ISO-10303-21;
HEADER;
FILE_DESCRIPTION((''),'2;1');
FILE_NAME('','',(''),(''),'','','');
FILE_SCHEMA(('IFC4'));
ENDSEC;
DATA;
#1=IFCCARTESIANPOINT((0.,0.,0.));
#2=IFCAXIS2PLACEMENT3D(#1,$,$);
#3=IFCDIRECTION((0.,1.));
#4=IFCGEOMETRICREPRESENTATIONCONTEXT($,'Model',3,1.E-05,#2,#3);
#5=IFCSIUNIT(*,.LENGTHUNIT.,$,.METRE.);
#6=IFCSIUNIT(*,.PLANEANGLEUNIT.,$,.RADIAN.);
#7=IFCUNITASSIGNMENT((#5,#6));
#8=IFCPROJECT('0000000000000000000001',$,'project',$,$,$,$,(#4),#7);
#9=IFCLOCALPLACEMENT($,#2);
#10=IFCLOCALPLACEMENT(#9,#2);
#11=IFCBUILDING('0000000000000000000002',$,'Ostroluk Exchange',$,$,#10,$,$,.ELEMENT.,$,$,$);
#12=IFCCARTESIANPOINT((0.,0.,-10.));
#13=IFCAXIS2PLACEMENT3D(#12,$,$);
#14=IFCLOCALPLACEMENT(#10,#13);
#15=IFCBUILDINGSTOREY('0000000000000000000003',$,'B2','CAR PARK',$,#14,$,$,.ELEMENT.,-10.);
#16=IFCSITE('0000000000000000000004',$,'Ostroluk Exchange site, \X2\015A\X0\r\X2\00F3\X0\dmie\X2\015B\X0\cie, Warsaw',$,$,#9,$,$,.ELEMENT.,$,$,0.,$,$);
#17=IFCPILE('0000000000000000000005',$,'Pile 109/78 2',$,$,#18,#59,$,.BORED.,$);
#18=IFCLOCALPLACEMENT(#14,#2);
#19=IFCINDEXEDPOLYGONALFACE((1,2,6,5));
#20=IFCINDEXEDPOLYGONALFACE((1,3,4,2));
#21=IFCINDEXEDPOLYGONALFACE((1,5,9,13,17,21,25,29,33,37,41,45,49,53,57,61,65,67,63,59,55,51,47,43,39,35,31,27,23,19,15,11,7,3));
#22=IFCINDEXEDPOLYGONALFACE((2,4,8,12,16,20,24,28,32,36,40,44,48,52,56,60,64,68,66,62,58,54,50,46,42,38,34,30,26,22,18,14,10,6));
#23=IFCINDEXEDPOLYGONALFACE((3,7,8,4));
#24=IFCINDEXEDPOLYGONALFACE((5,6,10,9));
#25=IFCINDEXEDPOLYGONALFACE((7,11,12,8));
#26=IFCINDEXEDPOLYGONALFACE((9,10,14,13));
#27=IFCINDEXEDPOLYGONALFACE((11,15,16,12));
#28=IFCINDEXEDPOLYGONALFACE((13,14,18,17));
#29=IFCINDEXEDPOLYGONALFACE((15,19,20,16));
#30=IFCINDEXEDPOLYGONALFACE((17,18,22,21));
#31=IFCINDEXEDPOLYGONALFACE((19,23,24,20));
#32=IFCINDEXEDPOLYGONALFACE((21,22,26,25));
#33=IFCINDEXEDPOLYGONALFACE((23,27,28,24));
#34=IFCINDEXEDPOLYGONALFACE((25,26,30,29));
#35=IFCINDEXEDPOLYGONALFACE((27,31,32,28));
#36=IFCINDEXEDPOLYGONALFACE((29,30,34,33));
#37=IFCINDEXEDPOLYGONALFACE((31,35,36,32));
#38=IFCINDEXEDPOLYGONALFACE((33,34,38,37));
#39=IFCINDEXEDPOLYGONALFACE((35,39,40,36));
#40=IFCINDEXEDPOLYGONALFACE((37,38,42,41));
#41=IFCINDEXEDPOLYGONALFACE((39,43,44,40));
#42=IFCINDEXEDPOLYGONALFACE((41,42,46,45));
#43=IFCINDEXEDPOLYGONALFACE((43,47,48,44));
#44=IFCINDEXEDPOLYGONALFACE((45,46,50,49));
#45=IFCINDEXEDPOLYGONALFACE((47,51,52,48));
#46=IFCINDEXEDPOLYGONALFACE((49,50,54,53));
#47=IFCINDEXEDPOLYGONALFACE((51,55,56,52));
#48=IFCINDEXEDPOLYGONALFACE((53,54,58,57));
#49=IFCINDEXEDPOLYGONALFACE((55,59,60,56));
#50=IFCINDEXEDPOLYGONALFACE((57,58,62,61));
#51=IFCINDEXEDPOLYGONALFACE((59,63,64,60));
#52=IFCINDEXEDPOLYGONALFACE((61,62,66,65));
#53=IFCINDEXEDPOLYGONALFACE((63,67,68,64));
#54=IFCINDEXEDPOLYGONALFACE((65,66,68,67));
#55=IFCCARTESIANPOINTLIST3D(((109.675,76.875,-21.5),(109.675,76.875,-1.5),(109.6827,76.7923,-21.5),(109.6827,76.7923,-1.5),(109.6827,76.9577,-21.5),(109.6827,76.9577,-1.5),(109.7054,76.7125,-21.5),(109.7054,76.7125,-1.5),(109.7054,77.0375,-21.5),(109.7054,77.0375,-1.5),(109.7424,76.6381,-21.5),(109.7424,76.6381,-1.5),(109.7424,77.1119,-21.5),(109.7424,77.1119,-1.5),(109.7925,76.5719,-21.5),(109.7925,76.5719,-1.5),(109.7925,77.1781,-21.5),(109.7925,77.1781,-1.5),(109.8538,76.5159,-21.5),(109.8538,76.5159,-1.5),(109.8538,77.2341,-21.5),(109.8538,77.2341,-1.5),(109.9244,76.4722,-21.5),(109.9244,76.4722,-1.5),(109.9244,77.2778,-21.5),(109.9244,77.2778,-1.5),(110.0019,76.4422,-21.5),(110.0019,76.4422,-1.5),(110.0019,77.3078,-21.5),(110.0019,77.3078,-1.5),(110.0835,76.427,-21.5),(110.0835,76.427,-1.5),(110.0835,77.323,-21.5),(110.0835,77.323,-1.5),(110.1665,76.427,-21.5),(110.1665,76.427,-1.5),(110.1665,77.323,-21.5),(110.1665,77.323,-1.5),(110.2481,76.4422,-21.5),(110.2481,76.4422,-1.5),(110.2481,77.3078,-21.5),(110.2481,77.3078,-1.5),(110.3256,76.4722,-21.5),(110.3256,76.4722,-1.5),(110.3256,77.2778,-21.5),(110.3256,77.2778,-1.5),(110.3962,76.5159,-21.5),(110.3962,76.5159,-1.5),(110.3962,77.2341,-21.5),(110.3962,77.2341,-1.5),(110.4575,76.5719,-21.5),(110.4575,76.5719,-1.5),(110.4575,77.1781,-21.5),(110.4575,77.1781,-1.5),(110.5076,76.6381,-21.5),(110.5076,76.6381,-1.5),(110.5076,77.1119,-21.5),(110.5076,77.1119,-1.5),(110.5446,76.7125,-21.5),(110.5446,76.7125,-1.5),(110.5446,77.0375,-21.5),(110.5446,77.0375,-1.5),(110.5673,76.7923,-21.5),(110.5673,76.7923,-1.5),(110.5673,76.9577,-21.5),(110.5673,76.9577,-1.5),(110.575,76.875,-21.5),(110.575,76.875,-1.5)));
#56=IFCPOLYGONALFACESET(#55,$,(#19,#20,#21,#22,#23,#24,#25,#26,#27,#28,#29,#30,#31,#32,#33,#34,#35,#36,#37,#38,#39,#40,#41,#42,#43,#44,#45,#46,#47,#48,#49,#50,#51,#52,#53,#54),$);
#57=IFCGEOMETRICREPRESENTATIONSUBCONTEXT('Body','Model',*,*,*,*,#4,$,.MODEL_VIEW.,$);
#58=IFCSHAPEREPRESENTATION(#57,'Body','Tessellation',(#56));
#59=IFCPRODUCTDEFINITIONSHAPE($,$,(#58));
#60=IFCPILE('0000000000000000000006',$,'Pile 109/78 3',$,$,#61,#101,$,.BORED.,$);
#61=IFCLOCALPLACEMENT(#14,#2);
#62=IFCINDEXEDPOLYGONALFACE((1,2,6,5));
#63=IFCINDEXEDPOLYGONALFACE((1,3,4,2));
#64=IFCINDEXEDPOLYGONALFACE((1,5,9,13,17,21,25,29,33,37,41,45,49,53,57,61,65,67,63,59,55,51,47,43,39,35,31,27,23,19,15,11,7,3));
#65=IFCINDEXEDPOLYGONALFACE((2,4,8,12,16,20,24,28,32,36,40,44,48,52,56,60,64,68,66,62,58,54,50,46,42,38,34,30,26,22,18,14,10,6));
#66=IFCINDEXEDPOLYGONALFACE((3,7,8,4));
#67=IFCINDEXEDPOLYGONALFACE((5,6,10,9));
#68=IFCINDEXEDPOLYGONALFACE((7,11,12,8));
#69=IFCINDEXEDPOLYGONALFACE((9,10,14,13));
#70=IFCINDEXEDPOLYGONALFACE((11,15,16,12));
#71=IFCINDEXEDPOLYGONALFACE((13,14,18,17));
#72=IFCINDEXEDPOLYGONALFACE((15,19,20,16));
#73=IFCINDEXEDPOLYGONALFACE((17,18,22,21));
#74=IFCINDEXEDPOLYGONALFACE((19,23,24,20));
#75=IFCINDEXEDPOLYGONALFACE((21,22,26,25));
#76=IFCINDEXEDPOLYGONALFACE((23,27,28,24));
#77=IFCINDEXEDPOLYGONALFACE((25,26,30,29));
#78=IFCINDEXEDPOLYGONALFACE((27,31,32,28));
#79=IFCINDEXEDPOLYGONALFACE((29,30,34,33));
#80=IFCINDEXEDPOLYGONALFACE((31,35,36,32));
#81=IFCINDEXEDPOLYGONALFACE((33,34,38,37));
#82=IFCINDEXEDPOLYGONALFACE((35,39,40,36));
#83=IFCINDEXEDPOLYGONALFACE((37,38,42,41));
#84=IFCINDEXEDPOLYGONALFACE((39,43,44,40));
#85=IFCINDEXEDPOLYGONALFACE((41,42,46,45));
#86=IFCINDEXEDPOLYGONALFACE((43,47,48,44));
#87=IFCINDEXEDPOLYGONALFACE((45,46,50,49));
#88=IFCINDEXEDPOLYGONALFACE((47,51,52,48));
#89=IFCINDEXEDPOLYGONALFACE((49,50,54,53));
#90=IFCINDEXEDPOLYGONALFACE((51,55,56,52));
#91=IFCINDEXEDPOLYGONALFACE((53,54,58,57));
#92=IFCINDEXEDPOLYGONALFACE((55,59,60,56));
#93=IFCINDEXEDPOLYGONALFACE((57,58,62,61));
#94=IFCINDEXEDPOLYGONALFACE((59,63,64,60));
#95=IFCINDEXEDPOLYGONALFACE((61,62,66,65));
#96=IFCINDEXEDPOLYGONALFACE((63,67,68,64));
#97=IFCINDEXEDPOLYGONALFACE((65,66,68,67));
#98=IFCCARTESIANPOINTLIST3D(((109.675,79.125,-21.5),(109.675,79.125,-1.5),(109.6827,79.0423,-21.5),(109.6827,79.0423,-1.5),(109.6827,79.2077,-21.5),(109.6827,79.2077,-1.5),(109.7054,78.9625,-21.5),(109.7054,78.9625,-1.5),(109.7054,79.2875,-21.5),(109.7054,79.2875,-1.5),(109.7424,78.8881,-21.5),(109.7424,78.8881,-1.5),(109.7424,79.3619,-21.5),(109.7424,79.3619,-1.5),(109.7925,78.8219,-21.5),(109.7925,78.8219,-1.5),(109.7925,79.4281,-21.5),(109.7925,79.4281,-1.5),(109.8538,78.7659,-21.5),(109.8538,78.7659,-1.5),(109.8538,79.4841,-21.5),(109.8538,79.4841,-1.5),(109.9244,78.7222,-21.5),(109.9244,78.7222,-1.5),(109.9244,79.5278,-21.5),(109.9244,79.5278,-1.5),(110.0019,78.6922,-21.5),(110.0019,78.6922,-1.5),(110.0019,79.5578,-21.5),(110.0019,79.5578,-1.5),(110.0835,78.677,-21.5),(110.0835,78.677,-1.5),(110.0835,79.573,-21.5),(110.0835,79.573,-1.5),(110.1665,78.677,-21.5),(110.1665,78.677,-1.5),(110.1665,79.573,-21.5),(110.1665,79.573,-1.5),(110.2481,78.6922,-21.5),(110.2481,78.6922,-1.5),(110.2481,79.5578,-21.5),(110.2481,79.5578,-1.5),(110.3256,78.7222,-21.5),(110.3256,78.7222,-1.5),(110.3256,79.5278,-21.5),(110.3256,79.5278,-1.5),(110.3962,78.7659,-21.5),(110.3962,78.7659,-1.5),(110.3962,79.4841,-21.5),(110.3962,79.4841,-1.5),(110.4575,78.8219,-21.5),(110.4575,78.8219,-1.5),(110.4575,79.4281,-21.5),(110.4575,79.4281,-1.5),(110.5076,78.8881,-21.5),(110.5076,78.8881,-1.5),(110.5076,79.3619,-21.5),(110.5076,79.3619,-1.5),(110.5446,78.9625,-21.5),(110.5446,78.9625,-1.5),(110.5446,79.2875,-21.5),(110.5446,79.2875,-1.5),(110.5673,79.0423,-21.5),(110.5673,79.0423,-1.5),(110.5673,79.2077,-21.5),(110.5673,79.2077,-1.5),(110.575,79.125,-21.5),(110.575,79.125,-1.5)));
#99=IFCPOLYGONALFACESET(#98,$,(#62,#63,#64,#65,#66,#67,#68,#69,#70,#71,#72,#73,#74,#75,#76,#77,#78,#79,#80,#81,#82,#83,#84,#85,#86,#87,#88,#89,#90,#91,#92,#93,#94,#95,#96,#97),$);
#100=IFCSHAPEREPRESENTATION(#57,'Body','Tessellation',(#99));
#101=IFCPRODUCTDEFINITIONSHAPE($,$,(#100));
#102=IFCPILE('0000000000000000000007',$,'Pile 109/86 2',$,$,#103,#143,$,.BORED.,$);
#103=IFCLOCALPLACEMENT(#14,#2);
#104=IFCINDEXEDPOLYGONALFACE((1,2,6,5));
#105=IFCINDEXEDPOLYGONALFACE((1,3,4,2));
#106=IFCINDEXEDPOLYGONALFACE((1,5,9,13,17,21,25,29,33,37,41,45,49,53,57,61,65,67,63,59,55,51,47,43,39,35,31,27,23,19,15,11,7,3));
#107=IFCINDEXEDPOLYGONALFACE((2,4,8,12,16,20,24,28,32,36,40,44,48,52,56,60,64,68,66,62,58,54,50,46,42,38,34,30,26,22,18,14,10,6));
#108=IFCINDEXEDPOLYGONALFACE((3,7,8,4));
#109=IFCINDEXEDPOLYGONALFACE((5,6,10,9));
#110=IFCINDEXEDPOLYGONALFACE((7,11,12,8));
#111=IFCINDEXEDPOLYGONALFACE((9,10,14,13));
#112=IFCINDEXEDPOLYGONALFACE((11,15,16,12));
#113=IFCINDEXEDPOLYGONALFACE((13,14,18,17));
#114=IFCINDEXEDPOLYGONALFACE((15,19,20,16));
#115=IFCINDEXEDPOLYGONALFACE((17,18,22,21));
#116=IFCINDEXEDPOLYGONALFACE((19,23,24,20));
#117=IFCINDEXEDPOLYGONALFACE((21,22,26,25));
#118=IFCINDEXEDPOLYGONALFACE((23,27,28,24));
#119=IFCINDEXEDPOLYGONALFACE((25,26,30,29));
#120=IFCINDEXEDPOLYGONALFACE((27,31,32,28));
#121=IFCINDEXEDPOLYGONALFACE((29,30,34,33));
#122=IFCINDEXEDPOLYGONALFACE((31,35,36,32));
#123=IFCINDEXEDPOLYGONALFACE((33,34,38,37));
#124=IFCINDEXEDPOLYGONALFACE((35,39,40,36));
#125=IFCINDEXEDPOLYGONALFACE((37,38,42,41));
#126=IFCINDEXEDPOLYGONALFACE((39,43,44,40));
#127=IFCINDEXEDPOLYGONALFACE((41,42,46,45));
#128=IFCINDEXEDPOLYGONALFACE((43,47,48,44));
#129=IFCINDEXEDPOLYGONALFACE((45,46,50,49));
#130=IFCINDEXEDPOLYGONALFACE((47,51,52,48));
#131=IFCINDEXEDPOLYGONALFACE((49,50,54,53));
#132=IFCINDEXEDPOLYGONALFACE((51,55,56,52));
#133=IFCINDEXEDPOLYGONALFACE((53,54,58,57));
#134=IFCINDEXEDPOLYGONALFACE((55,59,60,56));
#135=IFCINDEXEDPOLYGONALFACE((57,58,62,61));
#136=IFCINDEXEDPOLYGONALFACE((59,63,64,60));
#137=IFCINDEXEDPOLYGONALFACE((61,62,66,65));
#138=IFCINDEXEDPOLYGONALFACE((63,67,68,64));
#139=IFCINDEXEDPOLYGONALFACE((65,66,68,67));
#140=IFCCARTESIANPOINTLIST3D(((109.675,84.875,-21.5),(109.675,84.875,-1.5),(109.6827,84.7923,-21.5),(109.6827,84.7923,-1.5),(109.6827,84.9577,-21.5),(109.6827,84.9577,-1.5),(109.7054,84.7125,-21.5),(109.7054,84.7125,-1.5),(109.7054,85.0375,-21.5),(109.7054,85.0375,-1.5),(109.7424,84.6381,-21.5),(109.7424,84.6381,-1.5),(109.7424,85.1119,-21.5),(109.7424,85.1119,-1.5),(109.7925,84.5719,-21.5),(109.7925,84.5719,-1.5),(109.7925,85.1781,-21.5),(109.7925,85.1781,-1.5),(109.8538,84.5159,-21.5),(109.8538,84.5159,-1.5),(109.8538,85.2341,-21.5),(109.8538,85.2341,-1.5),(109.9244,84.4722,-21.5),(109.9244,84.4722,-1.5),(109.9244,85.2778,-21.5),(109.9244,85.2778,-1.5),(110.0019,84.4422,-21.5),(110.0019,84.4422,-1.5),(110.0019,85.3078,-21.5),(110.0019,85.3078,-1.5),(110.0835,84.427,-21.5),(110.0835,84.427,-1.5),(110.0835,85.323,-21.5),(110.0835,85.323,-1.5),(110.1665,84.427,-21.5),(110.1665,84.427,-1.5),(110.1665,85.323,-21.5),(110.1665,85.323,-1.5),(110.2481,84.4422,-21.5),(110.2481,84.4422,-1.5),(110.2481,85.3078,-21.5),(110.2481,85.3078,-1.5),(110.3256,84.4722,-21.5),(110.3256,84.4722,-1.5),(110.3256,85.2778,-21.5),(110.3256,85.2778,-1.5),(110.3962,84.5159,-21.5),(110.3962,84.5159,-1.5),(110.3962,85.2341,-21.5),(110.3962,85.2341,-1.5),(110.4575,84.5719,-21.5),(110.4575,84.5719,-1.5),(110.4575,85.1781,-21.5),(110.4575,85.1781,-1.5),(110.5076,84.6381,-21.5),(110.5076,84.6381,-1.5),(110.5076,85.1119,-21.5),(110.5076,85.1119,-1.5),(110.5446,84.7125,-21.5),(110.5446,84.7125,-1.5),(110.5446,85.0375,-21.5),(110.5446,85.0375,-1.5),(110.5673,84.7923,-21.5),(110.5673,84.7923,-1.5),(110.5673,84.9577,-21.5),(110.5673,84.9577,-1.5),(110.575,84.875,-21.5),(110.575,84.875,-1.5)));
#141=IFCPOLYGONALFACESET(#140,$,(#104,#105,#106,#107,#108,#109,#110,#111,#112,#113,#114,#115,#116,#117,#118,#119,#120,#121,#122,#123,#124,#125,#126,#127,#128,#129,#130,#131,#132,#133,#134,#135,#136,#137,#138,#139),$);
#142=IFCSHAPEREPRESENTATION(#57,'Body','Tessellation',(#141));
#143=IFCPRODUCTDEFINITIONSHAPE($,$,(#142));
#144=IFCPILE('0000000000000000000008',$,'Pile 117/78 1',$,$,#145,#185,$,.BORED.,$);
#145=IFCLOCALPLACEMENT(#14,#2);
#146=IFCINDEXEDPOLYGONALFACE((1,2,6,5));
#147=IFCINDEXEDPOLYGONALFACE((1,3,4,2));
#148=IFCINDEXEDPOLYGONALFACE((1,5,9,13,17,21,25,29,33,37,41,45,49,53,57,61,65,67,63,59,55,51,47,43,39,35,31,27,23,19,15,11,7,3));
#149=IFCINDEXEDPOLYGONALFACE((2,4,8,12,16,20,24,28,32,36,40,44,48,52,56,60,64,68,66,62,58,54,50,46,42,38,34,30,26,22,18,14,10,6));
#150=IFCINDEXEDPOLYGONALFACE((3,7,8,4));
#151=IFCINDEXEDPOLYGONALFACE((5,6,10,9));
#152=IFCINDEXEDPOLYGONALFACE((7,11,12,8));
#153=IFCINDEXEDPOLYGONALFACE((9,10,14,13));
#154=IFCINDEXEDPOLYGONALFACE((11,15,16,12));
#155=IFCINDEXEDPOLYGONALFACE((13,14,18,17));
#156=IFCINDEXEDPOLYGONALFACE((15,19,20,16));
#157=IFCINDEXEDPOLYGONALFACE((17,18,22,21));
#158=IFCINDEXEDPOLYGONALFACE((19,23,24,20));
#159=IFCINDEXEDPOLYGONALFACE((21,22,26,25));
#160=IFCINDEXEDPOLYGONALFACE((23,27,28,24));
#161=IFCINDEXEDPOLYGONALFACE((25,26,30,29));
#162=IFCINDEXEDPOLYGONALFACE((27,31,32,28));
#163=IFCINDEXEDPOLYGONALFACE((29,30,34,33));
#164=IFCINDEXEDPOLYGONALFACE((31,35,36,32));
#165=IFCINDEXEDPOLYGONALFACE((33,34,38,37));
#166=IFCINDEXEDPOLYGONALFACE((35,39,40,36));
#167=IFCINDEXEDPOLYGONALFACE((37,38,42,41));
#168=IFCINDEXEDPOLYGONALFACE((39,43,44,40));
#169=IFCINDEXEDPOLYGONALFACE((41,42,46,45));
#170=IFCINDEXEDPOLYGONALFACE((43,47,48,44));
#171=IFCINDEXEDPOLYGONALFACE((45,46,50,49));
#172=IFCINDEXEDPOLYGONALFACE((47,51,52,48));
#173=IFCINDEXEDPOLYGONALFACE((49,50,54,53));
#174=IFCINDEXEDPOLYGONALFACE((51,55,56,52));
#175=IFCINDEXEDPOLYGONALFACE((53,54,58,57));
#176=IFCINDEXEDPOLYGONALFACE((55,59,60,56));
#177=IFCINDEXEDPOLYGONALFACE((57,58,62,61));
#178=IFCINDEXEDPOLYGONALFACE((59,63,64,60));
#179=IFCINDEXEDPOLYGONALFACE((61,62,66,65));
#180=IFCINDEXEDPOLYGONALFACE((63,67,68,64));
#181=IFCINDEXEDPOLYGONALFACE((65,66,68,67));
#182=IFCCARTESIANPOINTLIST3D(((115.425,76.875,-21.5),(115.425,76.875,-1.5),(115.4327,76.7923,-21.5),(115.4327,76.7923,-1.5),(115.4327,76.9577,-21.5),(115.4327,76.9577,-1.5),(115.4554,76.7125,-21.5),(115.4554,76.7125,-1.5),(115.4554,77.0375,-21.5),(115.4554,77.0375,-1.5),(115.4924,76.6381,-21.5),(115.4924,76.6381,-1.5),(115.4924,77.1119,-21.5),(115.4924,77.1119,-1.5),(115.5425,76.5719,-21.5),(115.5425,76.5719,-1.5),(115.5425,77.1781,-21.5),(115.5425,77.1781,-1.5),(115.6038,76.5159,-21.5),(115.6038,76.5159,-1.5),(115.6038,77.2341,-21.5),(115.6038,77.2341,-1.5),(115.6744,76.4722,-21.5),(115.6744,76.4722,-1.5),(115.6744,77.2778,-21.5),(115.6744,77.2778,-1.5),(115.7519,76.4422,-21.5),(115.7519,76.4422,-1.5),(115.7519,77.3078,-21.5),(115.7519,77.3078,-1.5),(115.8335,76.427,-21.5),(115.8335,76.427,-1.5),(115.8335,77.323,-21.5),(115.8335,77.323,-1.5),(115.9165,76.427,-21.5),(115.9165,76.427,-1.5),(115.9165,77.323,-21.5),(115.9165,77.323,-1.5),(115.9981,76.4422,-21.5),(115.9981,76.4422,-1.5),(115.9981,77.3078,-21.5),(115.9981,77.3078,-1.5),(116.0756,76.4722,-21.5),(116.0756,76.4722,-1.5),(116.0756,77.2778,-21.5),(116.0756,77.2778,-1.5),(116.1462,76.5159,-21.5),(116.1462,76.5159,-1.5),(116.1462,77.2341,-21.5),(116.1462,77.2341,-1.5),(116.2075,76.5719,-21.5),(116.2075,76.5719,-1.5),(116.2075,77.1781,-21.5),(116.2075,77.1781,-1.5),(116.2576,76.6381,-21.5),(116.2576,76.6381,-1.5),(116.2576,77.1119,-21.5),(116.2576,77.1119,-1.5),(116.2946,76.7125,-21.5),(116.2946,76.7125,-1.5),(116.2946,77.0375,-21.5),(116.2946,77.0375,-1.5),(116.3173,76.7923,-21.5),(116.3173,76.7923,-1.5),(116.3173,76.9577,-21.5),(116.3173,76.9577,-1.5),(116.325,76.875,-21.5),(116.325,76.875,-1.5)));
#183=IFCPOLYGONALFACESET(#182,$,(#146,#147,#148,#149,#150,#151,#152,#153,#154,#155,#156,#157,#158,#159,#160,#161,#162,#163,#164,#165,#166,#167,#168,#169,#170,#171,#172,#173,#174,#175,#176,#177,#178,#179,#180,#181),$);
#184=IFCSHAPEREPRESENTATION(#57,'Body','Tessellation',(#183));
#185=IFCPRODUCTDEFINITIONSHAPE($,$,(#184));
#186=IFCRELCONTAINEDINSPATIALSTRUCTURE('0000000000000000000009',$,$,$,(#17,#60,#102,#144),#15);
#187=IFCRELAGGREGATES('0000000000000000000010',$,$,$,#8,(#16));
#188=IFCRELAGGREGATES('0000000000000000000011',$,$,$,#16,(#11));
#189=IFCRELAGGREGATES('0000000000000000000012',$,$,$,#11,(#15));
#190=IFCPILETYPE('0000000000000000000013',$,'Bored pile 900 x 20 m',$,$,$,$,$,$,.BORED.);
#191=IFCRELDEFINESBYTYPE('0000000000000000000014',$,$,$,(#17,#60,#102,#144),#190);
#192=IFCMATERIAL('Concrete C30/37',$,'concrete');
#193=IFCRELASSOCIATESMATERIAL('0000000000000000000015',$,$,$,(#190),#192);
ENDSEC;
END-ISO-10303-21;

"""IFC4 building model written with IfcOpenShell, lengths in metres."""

from ifc_helpers import new_model, si_unit, direction, frame, origin, origin_2d, place, context, subcontext, project, spatial, circle, extrude, material, type_object, element, save


model = new_model("IFC4")

# Units and contexts
model_context = context("Model", 3, precision=1e-05, world=origin(), true_north=direction((0.0, 1.0)))
body_context = subcontext(model_context, "Body", "Model", "MODEL_VIEW")
ifc_project = project(units=[si_unit("LENGTHUNIT", "METRE"), si_unit("PLANEANGLEUNIT", "RADIAN")], contexts=[model_context])

# Site, building, storey
site_placement = place(None, origin())
site = spatial("IfcSite", under=ifc_project, at=site_placement, Name="Ostroluk Exchange site, Śródmieście, Warsaw", CompositionType="ELEMENT", RefElevation=0.0)
building_placement = place(site_placement, origin())
building = spatial("IfcBuilding", under=site, at=building_placement, Name="Ostroluk Exchange", CompositionType="ELEMENT")
storey_placement = place(building_placement, frame((0.0, 0.0, -10.0)))
storey = spatial("IfcBuildingStorey", under=building, at=storey_placement, Name="B2", Description="CAR PARK", CompositionType="ELEMENT", Elevation=-10.0)

# Piles
ifc_material_1 = material(Name="Concrete C30/37", Category="concrete")
pile_type = type_object("IfcPileType", Name="Bored pile 900 x 20 m", PredefinedType="BORED", material=ifc_material_1)
for number, where, z_axis, x_axis, name in (
    (1, (110.125, 76.875, -1.5), (0.0, 0.0, -1.0), (1.0, 0.0, 0.0), "Pile 109/78 2"),
    (2, (110.125, 79.125, -1.5), (0.0, 0.0, -1.0), (1.0, 0.0, 0.0), "Pile 109/78 3"),
    (3, (110.125, 84.875, -1.5), (0.0, 0.0, -1.0), (1.0, 0.0, 0.0), "Pile 109/86 2"),
    (4, (115.875, 76.875, -1.5), (0.0, 0.0, -1.0), (1.0, 0.0, 0.0), "Pile 117/78 1"),
):
    element("IfcPile", number, at=place(storey_placement, frame(where, z_axis=z_axis, x_axis=x_axis)), inside=storey, type_object=pile_type, Name=name, PredefinedType="BORED", context=body_context, shape_type="SweptSolid", body=[
        extrude(circle(Radius=0.45, at=origin_2d()), origin(), (0.0, 0.0, 1.0), 20.0),
    ])

save(model, "model.ifc")
